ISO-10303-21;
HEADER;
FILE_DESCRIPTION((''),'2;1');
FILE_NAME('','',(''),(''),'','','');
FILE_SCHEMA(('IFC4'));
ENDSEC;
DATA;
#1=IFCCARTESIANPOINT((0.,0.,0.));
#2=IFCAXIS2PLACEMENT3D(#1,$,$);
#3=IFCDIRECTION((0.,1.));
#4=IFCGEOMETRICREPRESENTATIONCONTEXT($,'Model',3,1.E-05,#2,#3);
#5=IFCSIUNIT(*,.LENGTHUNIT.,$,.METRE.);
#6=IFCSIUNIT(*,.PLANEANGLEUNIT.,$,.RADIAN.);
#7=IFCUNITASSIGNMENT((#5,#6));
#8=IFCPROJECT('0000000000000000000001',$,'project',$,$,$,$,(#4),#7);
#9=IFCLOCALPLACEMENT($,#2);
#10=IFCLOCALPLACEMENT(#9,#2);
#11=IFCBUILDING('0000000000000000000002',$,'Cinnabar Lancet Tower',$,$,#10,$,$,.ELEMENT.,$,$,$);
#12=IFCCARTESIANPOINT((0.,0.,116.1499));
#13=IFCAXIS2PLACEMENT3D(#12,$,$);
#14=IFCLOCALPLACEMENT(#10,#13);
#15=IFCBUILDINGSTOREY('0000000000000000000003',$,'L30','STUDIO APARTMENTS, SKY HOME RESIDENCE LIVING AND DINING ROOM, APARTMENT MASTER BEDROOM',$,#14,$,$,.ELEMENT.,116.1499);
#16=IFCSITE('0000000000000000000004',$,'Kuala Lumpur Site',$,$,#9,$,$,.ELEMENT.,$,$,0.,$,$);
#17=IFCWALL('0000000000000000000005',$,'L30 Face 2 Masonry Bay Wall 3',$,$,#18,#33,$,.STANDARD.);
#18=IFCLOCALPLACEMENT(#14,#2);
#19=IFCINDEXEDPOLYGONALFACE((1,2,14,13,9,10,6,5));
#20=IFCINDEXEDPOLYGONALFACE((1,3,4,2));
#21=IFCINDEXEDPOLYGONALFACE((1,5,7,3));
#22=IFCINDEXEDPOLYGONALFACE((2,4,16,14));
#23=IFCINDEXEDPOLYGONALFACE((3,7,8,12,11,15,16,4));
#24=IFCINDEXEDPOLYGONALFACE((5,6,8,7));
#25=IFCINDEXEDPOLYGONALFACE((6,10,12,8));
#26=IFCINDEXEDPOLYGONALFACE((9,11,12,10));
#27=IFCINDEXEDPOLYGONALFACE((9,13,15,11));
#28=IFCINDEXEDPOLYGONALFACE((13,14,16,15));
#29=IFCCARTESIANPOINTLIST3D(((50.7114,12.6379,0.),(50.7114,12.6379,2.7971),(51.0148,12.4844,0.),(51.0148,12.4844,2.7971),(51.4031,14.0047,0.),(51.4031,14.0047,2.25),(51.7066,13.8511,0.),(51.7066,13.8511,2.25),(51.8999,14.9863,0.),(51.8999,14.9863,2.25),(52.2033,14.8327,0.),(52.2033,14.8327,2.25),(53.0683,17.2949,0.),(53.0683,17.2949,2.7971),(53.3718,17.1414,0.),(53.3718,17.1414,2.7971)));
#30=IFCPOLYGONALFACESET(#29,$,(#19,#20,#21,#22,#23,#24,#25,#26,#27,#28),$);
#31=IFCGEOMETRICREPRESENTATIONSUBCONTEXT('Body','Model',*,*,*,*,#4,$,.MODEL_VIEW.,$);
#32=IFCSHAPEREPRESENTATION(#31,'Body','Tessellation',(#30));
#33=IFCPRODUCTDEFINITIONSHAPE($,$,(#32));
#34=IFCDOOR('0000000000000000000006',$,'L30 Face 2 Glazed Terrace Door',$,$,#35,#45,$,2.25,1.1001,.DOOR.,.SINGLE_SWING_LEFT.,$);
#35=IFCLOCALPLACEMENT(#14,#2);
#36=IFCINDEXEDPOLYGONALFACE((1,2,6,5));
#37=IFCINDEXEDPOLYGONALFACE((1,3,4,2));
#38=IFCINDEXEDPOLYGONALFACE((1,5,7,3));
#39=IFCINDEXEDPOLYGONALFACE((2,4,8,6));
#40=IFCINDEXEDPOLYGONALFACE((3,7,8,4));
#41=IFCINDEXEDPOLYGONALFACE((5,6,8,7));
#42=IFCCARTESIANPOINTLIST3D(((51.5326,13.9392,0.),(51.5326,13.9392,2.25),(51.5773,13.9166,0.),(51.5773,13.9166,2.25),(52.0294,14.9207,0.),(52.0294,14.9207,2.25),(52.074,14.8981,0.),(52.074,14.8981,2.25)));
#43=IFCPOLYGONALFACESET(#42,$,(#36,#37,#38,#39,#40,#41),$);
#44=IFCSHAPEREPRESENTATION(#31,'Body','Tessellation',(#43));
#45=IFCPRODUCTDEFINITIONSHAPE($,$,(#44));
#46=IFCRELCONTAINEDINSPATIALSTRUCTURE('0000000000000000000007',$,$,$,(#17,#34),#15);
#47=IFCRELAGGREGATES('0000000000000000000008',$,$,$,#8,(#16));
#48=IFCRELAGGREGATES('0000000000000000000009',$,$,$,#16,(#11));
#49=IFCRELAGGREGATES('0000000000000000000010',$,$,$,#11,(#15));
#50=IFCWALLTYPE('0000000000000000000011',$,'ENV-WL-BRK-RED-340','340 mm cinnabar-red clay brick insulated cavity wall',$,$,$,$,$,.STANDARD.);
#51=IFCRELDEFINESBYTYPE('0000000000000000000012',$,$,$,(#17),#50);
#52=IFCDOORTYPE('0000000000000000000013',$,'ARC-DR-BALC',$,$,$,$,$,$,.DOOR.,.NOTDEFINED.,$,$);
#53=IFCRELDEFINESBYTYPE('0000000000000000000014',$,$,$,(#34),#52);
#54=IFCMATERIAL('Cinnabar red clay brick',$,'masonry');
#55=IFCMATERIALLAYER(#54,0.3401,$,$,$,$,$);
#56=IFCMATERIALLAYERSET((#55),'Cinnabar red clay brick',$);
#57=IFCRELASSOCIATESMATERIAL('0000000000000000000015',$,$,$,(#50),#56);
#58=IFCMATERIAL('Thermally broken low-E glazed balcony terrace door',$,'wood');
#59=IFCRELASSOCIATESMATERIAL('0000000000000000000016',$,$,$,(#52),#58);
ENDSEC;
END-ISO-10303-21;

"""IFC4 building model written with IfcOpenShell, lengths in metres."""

from ifc_helpers import new_model, si_unit, direction, frame, frame_2d, origin, place, context, subcontext, project, spatial, rectangle, extrude, material, layer, layer_set, type_object, element, fill, save


model = new_model("IFC4")

# Units and contexts
model_context = context("Model", 3, precision=1e-05, world=origin(), true_north=direction((0.0, 1.0)))
body_context = subcontext(model_context, "Body", "Model", "MODEL_VIEW")
ifc_project = project(units=[si_unit("LENGTHUNIT", "METRE"), si_unit("PLANEANGLEUNIT", "RADIAN")], contexts=[model_context])

# Site, building, storey
site_placement = place(None, origin())
site = spatial("IfcSite", under=ifc_project, at=site_placement, Name="Kuala Lumpur Site", CompositionType="ELEMENT", RefElevation=0.0)
building_placement = place(site_placement, origin())
building = spatial("IfcBuilding", under=site, at=building_placement, Name="Cinnabar Lancet Tower", CompositionType="ELEMENT")
storey_placement = place(building_placement, frame((0.0, 0.0, 116.1499)))
storey = spatial("IfcBuildingStorey", under=building, at=storey_placement, Name="L30", Description="STUDIO APARTMENTS, SKY HOME RESIDENCE LIVING AND DINING ROOM, APARTMENT MASTER BEDROOM", CompositionType="ELEMENT", Elevation=116.1499)

# Shared definitions
ifc_material_1 = material(Name="Cinnabar red clay brick", Category="masonry")
ifc_layer_1 = layer(ifc_material_1, 0.3401)
ifc_layer_set_1 = layer_set([ifc_layer_1], Name="Cinnabar red clay brick")
wall_type_1 = type_object("IfcWallType", Name="ENV-WL-BRK-RED-340", Description="340 mm cinnabar-red clay brick insulated cavity wall", PredefinedType="STANDARD", material=ifc_layer_set_1)

# Wall, opening, door
wall_1_placement = place(storey_placement, frame((50.863, 12.561, 0.0), z_axis=(0.0, 0.0, 1.0), x_axis=(0.451568, 0.892237, 0.0)))
wall_1 = element("IfcWall", 1, at=wall_1_placement, inside=storey, type_object=wall_type_1, Name="L30 Face 2 Masonry Bay Wall 3", PredefinedType="STANDARD", context=body_context, shape_type="SweptSolid", body=[
    extrude(rectangle(XDim=5.2195, YDim=0.3401, at=frame_2d((2.6099, 0.0))), origin(), (0.0, 0.0, 1.0), 2.7971),
])
opening_1_placement = place(wall_1_placement, frame((1.532, 0.0, 0.0)))
opening_1 = element("IfcOpeningElement", 2, at=opening_1_placement, cuts=wall_1, PredefinedType="OPENING", context=body_context, shape_type="SweptSolid", body=[
    extrude(rectangle(XDim=1.1001, YDim=2.25, at=frame_2d((0.55, 1.125))), frame((0.0, 0.1799, 0.0), z_axis=(0.0, -1.0, 0.0), x_axis=(1.0, 0.0, 0.0)), (0.0, 0.0, 1.0), 0.3601),
])
ifc_material_2 = material(Name="Thermally broken low-E glazed balcony terrace door", Category="wood")
door_type_1 = type_object("IfcDoorType", Name="ARC-DR-BALC", OperationType="NOTDEFINED", PredefinedType="DOOR", material=ifc_material_2)
door_1_placement = place(opening_1_placement, origin())
door_1 = element("IfcDoor", 3, at=door_1_placement, inside=storey, type_object=door_type_1, Name="L30 Face 2 Glazed Terrace Door", OperationType="SINGLE_SWING_LEFT", OverallHeight=2.25, OverallWidth=1.1001, PredefinedType="DOOR", context=body_context, shape_type="SweptSolid", body=[
    extrude(rectangle(XDim=1.1001, YDim=2.25, at=frame_2d((0.55, 1.125))), frame((0.0, 0.0249, 0.0), z_axis=(0.0, -1.0, 0.0), x_axis=(1.0, 0.0, 0.0)), (0.0, 0.0, 1.0), 0.05),
])
fill(opening_1, door_1)

save(model, "model.ifc")
